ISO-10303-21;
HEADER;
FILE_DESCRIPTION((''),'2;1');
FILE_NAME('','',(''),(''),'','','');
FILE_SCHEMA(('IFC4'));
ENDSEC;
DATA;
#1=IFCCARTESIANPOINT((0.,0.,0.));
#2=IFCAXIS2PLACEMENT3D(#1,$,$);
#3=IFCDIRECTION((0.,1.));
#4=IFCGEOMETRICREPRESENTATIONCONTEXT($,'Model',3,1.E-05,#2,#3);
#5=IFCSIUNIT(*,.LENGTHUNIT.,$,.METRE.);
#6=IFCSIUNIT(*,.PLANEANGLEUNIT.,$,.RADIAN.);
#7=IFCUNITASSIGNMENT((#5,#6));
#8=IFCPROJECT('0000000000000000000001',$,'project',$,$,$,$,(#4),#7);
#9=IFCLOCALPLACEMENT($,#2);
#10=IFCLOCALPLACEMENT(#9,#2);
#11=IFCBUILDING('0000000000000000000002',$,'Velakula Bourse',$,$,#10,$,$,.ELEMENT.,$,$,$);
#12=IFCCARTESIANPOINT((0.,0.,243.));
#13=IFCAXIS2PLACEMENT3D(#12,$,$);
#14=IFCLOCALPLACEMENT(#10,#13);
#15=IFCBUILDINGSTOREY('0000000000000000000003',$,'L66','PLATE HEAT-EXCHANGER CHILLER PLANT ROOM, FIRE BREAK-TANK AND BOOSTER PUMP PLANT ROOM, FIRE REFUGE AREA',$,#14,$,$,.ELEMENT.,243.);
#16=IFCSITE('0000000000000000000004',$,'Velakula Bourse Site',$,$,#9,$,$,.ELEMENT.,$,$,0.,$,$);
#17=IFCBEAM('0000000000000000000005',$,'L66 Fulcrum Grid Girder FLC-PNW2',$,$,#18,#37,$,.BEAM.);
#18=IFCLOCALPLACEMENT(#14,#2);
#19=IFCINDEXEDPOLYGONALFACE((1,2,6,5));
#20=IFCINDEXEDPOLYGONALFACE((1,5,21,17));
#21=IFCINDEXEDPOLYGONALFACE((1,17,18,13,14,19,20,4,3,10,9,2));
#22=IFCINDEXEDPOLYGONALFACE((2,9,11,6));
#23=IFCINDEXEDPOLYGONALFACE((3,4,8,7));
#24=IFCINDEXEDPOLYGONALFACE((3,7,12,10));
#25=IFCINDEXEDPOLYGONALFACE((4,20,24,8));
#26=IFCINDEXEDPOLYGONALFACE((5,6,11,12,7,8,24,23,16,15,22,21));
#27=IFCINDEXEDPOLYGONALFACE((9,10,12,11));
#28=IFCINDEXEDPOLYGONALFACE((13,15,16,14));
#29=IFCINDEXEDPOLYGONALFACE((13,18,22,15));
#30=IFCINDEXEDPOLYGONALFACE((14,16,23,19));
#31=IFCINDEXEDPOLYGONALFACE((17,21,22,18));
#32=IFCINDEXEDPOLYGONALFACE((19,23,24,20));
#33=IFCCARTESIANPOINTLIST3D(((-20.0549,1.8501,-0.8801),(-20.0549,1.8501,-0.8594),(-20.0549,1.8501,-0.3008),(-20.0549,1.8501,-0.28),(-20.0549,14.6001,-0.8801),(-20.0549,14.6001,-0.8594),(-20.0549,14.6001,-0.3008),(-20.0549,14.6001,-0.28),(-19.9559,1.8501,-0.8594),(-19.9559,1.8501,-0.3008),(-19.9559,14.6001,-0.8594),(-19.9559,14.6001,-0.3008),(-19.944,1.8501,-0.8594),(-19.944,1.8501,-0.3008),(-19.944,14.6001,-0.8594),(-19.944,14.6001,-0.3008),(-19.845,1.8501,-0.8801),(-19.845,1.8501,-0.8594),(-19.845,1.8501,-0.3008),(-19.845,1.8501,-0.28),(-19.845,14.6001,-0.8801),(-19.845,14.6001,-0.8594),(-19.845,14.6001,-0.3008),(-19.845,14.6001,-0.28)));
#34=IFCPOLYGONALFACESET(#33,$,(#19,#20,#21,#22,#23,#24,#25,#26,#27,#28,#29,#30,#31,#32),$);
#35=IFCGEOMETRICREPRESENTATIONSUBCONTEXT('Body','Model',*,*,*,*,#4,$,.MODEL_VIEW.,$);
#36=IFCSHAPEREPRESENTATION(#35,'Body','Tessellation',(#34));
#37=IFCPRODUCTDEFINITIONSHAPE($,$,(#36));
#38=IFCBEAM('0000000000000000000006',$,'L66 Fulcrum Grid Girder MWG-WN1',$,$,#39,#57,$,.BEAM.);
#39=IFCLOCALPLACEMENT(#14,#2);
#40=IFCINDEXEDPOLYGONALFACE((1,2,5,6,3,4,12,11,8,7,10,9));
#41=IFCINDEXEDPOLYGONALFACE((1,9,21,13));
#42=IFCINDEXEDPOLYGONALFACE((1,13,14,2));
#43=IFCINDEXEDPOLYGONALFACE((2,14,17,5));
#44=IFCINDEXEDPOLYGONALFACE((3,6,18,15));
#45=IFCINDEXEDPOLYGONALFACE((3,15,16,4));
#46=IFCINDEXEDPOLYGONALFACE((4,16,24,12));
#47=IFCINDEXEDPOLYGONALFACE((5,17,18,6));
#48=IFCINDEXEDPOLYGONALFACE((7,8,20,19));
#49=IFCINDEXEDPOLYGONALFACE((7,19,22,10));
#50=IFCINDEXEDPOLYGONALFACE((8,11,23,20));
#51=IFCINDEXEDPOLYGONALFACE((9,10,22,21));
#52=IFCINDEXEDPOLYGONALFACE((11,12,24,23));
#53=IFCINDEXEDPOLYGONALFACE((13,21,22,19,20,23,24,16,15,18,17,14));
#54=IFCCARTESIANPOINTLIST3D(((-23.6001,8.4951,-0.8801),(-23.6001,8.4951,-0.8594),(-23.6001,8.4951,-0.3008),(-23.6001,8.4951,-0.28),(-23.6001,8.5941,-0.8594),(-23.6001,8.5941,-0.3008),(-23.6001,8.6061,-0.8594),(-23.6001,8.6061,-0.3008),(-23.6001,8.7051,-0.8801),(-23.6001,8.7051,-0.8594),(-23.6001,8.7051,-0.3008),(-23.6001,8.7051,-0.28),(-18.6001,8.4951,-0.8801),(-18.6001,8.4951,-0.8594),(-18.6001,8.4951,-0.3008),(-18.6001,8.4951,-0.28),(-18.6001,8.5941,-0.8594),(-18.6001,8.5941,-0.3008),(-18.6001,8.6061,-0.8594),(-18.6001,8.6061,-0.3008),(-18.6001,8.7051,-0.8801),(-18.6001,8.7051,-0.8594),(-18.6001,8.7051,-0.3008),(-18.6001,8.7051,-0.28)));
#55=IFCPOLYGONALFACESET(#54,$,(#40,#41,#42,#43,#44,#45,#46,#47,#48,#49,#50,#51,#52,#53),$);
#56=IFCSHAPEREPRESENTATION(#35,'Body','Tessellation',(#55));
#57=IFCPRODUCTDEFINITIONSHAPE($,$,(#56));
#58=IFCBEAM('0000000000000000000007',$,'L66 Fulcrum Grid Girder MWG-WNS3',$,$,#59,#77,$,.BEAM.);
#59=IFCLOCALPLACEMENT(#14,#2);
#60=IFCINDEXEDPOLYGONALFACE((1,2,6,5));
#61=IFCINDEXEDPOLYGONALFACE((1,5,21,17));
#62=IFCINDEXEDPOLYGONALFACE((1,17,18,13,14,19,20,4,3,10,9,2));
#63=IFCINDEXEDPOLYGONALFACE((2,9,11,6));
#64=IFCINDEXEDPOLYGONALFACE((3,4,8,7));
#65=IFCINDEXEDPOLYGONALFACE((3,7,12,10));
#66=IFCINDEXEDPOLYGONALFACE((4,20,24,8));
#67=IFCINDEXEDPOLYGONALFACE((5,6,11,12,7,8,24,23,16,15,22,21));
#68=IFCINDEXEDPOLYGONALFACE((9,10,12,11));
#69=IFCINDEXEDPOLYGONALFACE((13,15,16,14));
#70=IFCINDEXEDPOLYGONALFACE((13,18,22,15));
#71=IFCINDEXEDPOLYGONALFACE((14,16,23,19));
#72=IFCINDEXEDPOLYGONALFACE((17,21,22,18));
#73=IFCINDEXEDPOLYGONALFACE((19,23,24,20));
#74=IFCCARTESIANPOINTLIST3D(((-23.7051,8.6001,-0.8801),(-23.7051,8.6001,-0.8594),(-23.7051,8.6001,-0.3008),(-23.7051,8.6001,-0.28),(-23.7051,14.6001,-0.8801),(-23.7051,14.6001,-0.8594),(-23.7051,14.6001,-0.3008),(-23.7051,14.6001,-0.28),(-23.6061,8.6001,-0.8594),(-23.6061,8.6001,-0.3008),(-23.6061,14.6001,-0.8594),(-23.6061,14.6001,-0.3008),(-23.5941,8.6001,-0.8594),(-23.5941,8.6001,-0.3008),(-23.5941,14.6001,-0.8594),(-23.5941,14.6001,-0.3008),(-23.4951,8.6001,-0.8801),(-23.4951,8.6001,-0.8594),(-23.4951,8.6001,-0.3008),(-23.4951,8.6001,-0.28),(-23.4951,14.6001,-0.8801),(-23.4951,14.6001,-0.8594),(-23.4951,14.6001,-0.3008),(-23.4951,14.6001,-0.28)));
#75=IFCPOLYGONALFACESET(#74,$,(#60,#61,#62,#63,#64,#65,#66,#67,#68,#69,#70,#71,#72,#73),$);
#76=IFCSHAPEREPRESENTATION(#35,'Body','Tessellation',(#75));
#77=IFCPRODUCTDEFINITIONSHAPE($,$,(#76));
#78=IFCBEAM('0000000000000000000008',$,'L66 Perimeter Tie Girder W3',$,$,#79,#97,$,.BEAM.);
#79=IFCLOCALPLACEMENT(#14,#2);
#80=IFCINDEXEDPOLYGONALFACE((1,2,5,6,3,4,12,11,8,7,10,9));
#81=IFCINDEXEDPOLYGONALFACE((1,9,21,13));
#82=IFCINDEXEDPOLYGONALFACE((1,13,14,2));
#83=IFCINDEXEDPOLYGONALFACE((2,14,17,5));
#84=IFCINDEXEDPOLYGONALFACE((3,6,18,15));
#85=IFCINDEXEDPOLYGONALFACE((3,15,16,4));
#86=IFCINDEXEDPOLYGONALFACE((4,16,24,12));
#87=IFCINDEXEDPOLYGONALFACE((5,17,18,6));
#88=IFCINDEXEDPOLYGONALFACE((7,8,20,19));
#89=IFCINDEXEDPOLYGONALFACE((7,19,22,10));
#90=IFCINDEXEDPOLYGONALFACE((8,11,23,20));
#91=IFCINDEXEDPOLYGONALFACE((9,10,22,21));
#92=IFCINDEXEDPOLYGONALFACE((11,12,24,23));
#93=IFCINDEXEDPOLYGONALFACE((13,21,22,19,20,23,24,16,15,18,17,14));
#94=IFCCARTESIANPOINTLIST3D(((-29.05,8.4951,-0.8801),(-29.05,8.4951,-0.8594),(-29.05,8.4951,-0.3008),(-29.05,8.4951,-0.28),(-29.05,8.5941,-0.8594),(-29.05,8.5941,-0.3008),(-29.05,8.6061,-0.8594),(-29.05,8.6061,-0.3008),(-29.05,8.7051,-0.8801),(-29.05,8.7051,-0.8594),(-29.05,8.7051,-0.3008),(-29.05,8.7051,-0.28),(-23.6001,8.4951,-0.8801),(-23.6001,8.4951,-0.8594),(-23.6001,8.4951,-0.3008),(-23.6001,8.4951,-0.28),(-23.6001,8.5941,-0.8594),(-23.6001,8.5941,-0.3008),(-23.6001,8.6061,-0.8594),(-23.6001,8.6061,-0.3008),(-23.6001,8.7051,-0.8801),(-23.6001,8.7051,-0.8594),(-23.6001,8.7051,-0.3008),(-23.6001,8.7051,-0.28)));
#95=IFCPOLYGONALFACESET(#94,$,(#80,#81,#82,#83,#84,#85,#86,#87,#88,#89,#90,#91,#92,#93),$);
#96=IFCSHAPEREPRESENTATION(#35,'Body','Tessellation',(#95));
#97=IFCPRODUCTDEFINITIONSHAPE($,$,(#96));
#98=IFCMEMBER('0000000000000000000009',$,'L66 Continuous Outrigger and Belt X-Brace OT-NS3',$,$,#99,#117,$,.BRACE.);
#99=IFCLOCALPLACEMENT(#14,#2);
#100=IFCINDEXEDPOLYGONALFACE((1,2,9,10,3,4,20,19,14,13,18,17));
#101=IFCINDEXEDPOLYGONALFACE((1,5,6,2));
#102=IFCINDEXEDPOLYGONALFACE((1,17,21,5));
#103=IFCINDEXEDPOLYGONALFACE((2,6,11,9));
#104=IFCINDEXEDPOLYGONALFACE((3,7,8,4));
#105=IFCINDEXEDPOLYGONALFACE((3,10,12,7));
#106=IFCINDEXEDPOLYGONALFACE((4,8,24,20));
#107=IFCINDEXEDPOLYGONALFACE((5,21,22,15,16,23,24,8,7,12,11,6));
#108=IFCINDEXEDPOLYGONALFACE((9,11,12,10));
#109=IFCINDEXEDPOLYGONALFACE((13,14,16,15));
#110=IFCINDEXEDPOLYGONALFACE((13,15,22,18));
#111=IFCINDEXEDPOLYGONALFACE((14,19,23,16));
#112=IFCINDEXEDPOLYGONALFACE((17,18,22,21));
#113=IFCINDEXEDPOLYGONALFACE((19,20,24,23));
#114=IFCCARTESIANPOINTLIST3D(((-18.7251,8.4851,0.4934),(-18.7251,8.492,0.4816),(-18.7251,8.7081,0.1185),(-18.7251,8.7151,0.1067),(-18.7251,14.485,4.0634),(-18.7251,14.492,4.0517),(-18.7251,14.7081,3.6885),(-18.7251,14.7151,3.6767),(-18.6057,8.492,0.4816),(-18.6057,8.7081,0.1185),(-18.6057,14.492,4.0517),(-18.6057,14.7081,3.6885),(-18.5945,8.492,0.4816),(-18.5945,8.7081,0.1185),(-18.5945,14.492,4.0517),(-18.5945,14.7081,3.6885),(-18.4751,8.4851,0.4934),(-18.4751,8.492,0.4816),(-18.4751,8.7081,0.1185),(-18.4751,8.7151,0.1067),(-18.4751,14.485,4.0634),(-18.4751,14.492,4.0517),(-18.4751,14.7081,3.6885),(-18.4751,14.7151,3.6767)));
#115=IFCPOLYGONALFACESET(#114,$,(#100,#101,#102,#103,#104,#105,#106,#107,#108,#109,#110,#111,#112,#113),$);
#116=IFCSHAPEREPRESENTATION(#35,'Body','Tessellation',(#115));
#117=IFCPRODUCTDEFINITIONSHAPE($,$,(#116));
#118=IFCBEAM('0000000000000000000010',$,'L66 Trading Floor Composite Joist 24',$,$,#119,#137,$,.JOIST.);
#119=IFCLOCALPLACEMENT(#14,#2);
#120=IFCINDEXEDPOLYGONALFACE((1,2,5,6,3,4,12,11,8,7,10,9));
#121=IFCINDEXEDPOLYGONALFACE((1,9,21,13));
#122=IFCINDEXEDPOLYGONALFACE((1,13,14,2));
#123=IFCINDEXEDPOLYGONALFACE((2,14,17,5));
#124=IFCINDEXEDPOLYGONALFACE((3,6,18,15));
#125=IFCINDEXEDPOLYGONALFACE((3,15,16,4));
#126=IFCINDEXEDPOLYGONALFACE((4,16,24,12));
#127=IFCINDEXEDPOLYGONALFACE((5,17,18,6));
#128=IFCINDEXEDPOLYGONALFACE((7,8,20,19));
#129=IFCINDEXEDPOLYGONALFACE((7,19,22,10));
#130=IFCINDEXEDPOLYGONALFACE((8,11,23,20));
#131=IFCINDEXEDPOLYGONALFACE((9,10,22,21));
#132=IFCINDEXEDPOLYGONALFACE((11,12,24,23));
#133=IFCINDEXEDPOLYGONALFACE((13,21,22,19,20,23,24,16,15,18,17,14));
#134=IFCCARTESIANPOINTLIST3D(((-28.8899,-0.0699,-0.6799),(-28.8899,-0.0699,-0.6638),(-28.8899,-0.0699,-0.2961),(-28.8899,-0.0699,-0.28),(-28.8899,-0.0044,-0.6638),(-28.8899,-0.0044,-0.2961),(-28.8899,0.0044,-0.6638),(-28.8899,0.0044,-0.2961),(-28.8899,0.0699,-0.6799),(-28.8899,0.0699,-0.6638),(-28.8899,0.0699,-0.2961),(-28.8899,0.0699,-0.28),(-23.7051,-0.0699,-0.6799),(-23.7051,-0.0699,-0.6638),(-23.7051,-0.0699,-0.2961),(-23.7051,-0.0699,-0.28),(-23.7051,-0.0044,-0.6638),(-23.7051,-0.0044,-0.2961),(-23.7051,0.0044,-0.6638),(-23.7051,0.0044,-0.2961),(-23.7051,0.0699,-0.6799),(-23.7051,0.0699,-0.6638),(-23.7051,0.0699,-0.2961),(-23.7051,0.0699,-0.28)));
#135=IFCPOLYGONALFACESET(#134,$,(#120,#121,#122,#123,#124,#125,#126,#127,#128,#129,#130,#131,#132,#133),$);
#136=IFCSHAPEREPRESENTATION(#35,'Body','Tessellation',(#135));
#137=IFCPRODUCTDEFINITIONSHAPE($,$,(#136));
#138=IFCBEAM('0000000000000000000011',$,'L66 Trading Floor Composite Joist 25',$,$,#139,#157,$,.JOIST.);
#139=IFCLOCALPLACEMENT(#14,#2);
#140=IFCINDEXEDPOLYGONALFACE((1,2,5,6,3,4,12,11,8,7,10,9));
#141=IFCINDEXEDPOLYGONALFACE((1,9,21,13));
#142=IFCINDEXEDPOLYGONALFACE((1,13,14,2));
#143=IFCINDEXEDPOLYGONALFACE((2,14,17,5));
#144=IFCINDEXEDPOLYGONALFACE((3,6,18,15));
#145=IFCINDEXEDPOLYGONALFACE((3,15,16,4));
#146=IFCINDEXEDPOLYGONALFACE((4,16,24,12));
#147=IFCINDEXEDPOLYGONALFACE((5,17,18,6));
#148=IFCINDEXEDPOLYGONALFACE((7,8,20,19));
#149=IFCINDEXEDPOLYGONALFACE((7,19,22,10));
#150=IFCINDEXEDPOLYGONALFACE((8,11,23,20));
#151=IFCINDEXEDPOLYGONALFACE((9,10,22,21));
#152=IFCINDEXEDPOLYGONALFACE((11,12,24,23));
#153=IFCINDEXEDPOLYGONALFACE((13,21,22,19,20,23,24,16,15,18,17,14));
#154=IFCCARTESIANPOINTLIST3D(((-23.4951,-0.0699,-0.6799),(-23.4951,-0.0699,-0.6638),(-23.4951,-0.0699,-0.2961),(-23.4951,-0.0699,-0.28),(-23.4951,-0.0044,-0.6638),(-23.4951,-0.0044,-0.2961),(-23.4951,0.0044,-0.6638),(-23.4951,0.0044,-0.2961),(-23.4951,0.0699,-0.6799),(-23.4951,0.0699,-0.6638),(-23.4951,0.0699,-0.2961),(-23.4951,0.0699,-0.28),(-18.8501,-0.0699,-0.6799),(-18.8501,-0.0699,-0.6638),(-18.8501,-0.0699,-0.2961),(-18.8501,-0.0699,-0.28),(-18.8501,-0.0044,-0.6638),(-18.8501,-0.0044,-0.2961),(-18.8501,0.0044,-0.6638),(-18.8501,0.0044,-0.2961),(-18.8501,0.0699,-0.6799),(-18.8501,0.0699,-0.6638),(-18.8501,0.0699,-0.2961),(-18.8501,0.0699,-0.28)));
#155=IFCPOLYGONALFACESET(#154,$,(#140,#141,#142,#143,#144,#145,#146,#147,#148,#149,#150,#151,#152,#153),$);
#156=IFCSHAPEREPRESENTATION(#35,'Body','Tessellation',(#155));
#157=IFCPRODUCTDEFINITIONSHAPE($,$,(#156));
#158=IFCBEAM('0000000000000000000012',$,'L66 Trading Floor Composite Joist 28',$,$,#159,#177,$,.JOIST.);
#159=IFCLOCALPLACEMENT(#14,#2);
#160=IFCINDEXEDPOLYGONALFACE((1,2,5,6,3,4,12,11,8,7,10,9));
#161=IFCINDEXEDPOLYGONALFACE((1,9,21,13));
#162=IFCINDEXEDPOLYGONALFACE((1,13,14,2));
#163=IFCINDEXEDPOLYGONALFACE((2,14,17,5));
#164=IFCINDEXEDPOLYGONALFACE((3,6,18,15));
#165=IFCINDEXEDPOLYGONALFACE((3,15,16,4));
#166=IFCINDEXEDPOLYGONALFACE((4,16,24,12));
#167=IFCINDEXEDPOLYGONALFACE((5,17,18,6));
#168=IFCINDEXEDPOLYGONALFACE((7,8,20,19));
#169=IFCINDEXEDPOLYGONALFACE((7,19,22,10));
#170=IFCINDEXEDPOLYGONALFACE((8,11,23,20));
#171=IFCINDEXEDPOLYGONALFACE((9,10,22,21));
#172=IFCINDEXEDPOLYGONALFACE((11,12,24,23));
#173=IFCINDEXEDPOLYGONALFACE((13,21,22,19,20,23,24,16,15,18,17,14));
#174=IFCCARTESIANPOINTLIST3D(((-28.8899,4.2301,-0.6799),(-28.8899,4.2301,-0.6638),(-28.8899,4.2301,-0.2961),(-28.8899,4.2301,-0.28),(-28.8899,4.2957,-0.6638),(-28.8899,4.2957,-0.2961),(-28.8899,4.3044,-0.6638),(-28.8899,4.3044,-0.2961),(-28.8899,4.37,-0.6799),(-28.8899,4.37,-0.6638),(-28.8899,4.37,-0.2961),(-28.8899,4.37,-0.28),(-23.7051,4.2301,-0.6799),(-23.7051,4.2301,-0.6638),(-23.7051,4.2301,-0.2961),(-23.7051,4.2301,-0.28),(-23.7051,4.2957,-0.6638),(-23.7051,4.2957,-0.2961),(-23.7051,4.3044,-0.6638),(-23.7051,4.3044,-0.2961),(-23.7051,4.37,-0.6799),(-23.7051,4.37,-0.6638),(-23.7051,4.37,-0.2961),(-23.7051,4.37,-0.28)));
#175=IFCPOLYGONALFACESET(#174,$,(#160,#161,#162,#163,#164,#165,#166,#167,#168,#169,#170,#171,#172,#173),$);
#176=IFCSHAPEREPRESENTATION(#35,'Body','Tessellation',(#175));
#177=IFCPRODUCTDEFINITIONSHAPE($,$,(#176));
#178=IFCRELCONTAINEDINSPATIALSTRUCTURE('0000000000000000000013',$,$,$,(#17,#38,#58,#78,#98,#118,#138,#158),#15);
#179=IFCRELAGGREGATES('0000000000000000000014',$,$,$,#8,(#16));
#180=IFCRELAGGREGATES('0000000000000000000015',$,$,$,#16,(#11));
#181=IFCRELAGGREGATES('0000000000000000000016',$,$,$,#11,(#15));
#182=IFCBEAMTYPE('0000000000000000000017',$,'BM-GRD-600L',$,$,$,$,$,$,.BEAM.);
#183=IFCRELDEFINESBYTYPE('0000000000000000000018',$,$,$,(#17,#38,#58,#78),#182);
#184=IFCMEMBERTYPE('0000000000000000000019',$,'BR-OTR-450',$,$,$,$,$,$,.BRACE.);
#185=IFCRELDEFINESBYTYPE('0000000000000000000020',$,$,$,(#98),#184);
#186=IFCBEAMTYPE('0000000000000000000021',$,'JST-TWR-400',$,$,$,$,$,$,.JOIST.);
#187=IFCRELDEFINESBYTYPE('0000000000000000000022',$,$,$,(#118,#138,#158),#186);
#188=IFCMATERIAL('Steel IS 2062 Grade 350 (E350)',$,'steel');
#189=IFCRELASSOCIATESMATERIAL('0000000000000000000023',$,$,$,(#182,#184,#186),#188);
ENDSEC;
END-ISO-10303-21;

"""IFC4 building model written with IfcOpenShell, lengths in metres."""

from ifc_helpers import new_model, si_unit, direction, frame, origin, origin_2d, place, context, subcontext, project, spatial, i_section, extrude, material, material_profile, profile_set, type_object, element, save


model = new_model("IFC4")

# Units and contexts
model_context = context("Model", 3, precision=1e-05, world=origin(), true_north=direction((0.0, 1.0)))
body_context = subcontext(model_context, "Body", "Model", "MODEL_VIEW")
ifc_project = project(units=[si_unit("LENGTHUNIT", "METRE"), si_unit("PLANEANGLEUNIT", "RADIAN")], contexts=[model_context])

# Site, building, storey
site_placement = place(None, origin())
site = spatial("IfcSite", under=ifc_project, at=site_placement, Name="Velakula Bourse Site", CompositionType="ELEMENT", RefElevation=0.0)
building_placement = place(site_placement, origin())
building = spatial("IfcBuilding", under=site, at=building_placement, Name="Velakula Bourse", CompositionType="ELEMENT")
storey_placement = place(building_placement, frame((0.0, 0.0, 243.0)))
storey = spatial("IfcBuildingStorey", under=building, at=storey_placement, Name="L66", Description="PLATE HEAT-EXCHANGER CHILLER PLANT ROOM, FIRE BREAK-TANK AND BOOSTER PUMP PLANT ROOM, FIRE REFUGE AREA", CompositionType="ELEMENT", Elevation=243.0)

# Shared definitions
ifc_material_1 = material(Name="Steel IS 2062 Grade 350 (E350)", Category="steel")

# Beams
ifc_material_profile_1 = material_profile(ifc_material_1, i_section(OverallWidth=0.21, OverallDepth=0.6001, WebThickness=0.012, FlangeThickness=0.0208, at=origin_2d()), Name="Steel IS 2062 Grade 350 (E350)")
ifc_profile_set_1 = profile_set([ifc_material_profile_1], Name="Steel IS 2062 Grade 350 (E350)")
beam_type_1 = type_object("IfcBeamType", Name="BM-GRD-600L", PredefinedType="BEAM", material=ifc_profile_set_1)
for number, where, z_axis, x_axis, name in (
    (1, (-19.95, 1.8501, -0.5801), (0.0, 1.0, 0.0), (-1.0, 0.0, 0.0), "L66 Fulcrum Grid Girder FLC-PNW2"),
):
    element("IfcBeam", number, at=place(storey_placement, frame(where, z_axis=z_axis, x_axis=x_axis)), inside=storey, type_object=beam_type_1, Name=name, PredefinedType="BEAM", context=body_context, shape_type="SweptSolid", body=[
        extrude(i_section(OverallWidth=0.21, OverallDepth=0.6001, WebThickness=0.012, FlangeThickness=0.0208, at=origin_2d()), origin(), (0.0, 0.0, 1.0), 12.75),
    ])
beam_1_placement = place(storey_placement, frame((-23.6001, 8.6001, -0.5801), z_axis=(1.0, 0.0, 0.0), x_axis=(0.0, 1.0, 0.0)))
element("IfcBeam", 2, at=beam_1_placement, inside=storey, type_object=beam_type_1, Name="L66 Fulcrum Grid Girder MWG-WN1", PredefinedType="BEAM", context=body_context, shape_type="SweptSolid", body=[
    extrude(i_section(OverallWidth=0.21, OverallDepth=0.6001, WebThickness=0.012, FlangeThickness=0.0208, at=origin_2d()), origin(), (0.0, 0.0, 1.0), 5.0),
])
beam_2_placement = place(storey_placement, frame((-23.6001, 8.6001, -0.5801), z_axis=(0.0, 1.0, 0.0), x_axis=(-1.0, 0.0, 0.0)))
element("IfcBeam", 3, at=beam_2_placement, inside=storey, type_object=beam_type_1, Name="L66 Fulcrum Grid Girder MWG-WNS3", PredefinedType="BEAM", context=body_context, shape_type="SweptSolid", body=[
    extrude(i_section(OverallWidth=0.21, OverallDepth=0.6001, WebThickness=0.012, FlangeThickness=0.0208, at=origin_2d()), origin(), (0.0, 0.0, 1.0), 6.0),
])
beam_3_placement = place(storey_placement, frame((-23.6001, 8.6001, -0.5801), z_axis=(-1.0, 0.0, 0.0), x_axis=(0.0, -1.0, 0.0)))
element("IfcBeam", 4, at=beam_3_placement, inside=storey, type_object=beam_type_1, Name="L66 Perimeter Tie Girder W3", PredefinedType="BEAM", context=body_context, shape_type="SweptSolid", body=[
    extrude(i_section(OverallWidth=0.21, OverallDepth=0.6001, WebThickness=0.012, FlangeThickness=0.0208, at=origin_2d()), origin(), (0.0, 0.0, 1.0), 5.45),
])

# Member
ifc_material_profile_2 = material_profile(ifc_material_1, i_section(OverallWidth=0.25, OverallDepth=0.45, WebThickness=0.0112, FlangeThickness=0.0137, at=origin_2d()), Name="Steel IS 2062 Grade 350 (E350)")
ifc_profile_set_2 = profile_set([ifc_material_profile_2], Name="Steel IS 2062 Grade 350 (E350)")
member_type = type_object("IfcMemberType", Name="BR-OTR-450", PredefinedType="BRACE", material=ifc_profile_set_2)
member_placement = place(storey_placement, frame((-18.6001, 8.6001, 0.3), z_axis=(0.0, 0.859378, 0.51134), x_axis=(-1.0, 0.0, 0.0)))
element("IfcMember", 5, at=member_placement, inside=storey, type_object=member_type, Name="L66 Continuous Outrigger and Belt X-Brace OT-NS3", PredefinedType="BRACE", context=body_context, shape_type="SweptSolid", body=[
    extrude(i_section(OverallWidth=0.25, OverallDepth=0.45, WebThickness=0.0112, FlangeThickness=0.0137, at=origin_2d()), origin(), (0.0, 0.0, 1.0), 6.9817),
])

# Beams
ifc_material_profile_3 = material_profile(ifc_material_1, i_section(OverallWidth=0.1399, OverallDepth=0.3999, WebThickness=0.0088, FlangeThickness=0.0161, at=origin_2d()), Name="Steel IS 2062 Grade 350 (E350)")
ifc_profile_set_3 = profile_set([ifc_material_profile_3], Name="Steel IS 2062 Grade 350 (E350)")
beam_type_2 = type_object("IfcBeamType", Name="JST-TWR-400", PredefinedType="JOIST", material=ifc_profile_set_3)
beam_4_placement = place(storey_placement, frame((-28.8899, 0.0, -0.48), z_axis=(1.0, 0.0, 0.0), x_axis=(0.0, 1.0, 0.0)))
element("IfcBeam", 6, at=beam_4_placement, inside=storey, type_object=beam_type_2, Name="L66 Trading Floor Composite Joist 24", PredefinedType="JOIST", context=body_context, shape_type="SweptSolid", body=[
    extrude(i_section(OverallWidth=0.1399, OverallDepth=0.3999, WebThickness=0.0088, FlangeThickness=0.0161, at=origin_2d()), origin(), (0.0, 0.0, 1.0), 5.1848),
])
beam_5_placement = place(storey_placement, frame((-23.4951, 0.0, -0.48), z_axis=(1.0, 0.0, 0.0), x_axis=(0.0, 1.0, 0.0)))
element("IfcBeam", 7, at=beam_5_placement, inside=storey, type_object=beam_type_2, Name="L66 Trading Floor Composite Joist 25", PredefinedType="JOIST", context=body_context, shape_type="SweptSolid", body=[
    extrude(i_section(OverallWidth=0.1399, OverallDepth=0.3999, WebThickness=0.0088, FlangeThickness=0.0161, at=origin_2d()), origin(), (0.0, 0.0, 1.0), 4.645),
])
beam_6_placement = place(storey_placement, frame((-28.8899, 4.3, -0.48), z_axis=(1.0, 0.0, 0.0), x_axis=(0.0, 1.0, 0.0)))
element("IfcBeam", 8, at=beam_6_placement, inside=storey, type_object=beam_type_2, Name="L66 Trading Floor Composite Joist 28", PredefinedType="JOIST", context=body_context, shape_type="SweptSolid", body=[
    extrude(i_section(OverallWidth=0.1399, OverallDepth=0.3999, WebThickness=0.0088, FlangeThickness=0.0161, at=origin_2d()), origin(), (0.0, 0.0, 1.0), 5.1848),
])

save(model, "model.ifc")
